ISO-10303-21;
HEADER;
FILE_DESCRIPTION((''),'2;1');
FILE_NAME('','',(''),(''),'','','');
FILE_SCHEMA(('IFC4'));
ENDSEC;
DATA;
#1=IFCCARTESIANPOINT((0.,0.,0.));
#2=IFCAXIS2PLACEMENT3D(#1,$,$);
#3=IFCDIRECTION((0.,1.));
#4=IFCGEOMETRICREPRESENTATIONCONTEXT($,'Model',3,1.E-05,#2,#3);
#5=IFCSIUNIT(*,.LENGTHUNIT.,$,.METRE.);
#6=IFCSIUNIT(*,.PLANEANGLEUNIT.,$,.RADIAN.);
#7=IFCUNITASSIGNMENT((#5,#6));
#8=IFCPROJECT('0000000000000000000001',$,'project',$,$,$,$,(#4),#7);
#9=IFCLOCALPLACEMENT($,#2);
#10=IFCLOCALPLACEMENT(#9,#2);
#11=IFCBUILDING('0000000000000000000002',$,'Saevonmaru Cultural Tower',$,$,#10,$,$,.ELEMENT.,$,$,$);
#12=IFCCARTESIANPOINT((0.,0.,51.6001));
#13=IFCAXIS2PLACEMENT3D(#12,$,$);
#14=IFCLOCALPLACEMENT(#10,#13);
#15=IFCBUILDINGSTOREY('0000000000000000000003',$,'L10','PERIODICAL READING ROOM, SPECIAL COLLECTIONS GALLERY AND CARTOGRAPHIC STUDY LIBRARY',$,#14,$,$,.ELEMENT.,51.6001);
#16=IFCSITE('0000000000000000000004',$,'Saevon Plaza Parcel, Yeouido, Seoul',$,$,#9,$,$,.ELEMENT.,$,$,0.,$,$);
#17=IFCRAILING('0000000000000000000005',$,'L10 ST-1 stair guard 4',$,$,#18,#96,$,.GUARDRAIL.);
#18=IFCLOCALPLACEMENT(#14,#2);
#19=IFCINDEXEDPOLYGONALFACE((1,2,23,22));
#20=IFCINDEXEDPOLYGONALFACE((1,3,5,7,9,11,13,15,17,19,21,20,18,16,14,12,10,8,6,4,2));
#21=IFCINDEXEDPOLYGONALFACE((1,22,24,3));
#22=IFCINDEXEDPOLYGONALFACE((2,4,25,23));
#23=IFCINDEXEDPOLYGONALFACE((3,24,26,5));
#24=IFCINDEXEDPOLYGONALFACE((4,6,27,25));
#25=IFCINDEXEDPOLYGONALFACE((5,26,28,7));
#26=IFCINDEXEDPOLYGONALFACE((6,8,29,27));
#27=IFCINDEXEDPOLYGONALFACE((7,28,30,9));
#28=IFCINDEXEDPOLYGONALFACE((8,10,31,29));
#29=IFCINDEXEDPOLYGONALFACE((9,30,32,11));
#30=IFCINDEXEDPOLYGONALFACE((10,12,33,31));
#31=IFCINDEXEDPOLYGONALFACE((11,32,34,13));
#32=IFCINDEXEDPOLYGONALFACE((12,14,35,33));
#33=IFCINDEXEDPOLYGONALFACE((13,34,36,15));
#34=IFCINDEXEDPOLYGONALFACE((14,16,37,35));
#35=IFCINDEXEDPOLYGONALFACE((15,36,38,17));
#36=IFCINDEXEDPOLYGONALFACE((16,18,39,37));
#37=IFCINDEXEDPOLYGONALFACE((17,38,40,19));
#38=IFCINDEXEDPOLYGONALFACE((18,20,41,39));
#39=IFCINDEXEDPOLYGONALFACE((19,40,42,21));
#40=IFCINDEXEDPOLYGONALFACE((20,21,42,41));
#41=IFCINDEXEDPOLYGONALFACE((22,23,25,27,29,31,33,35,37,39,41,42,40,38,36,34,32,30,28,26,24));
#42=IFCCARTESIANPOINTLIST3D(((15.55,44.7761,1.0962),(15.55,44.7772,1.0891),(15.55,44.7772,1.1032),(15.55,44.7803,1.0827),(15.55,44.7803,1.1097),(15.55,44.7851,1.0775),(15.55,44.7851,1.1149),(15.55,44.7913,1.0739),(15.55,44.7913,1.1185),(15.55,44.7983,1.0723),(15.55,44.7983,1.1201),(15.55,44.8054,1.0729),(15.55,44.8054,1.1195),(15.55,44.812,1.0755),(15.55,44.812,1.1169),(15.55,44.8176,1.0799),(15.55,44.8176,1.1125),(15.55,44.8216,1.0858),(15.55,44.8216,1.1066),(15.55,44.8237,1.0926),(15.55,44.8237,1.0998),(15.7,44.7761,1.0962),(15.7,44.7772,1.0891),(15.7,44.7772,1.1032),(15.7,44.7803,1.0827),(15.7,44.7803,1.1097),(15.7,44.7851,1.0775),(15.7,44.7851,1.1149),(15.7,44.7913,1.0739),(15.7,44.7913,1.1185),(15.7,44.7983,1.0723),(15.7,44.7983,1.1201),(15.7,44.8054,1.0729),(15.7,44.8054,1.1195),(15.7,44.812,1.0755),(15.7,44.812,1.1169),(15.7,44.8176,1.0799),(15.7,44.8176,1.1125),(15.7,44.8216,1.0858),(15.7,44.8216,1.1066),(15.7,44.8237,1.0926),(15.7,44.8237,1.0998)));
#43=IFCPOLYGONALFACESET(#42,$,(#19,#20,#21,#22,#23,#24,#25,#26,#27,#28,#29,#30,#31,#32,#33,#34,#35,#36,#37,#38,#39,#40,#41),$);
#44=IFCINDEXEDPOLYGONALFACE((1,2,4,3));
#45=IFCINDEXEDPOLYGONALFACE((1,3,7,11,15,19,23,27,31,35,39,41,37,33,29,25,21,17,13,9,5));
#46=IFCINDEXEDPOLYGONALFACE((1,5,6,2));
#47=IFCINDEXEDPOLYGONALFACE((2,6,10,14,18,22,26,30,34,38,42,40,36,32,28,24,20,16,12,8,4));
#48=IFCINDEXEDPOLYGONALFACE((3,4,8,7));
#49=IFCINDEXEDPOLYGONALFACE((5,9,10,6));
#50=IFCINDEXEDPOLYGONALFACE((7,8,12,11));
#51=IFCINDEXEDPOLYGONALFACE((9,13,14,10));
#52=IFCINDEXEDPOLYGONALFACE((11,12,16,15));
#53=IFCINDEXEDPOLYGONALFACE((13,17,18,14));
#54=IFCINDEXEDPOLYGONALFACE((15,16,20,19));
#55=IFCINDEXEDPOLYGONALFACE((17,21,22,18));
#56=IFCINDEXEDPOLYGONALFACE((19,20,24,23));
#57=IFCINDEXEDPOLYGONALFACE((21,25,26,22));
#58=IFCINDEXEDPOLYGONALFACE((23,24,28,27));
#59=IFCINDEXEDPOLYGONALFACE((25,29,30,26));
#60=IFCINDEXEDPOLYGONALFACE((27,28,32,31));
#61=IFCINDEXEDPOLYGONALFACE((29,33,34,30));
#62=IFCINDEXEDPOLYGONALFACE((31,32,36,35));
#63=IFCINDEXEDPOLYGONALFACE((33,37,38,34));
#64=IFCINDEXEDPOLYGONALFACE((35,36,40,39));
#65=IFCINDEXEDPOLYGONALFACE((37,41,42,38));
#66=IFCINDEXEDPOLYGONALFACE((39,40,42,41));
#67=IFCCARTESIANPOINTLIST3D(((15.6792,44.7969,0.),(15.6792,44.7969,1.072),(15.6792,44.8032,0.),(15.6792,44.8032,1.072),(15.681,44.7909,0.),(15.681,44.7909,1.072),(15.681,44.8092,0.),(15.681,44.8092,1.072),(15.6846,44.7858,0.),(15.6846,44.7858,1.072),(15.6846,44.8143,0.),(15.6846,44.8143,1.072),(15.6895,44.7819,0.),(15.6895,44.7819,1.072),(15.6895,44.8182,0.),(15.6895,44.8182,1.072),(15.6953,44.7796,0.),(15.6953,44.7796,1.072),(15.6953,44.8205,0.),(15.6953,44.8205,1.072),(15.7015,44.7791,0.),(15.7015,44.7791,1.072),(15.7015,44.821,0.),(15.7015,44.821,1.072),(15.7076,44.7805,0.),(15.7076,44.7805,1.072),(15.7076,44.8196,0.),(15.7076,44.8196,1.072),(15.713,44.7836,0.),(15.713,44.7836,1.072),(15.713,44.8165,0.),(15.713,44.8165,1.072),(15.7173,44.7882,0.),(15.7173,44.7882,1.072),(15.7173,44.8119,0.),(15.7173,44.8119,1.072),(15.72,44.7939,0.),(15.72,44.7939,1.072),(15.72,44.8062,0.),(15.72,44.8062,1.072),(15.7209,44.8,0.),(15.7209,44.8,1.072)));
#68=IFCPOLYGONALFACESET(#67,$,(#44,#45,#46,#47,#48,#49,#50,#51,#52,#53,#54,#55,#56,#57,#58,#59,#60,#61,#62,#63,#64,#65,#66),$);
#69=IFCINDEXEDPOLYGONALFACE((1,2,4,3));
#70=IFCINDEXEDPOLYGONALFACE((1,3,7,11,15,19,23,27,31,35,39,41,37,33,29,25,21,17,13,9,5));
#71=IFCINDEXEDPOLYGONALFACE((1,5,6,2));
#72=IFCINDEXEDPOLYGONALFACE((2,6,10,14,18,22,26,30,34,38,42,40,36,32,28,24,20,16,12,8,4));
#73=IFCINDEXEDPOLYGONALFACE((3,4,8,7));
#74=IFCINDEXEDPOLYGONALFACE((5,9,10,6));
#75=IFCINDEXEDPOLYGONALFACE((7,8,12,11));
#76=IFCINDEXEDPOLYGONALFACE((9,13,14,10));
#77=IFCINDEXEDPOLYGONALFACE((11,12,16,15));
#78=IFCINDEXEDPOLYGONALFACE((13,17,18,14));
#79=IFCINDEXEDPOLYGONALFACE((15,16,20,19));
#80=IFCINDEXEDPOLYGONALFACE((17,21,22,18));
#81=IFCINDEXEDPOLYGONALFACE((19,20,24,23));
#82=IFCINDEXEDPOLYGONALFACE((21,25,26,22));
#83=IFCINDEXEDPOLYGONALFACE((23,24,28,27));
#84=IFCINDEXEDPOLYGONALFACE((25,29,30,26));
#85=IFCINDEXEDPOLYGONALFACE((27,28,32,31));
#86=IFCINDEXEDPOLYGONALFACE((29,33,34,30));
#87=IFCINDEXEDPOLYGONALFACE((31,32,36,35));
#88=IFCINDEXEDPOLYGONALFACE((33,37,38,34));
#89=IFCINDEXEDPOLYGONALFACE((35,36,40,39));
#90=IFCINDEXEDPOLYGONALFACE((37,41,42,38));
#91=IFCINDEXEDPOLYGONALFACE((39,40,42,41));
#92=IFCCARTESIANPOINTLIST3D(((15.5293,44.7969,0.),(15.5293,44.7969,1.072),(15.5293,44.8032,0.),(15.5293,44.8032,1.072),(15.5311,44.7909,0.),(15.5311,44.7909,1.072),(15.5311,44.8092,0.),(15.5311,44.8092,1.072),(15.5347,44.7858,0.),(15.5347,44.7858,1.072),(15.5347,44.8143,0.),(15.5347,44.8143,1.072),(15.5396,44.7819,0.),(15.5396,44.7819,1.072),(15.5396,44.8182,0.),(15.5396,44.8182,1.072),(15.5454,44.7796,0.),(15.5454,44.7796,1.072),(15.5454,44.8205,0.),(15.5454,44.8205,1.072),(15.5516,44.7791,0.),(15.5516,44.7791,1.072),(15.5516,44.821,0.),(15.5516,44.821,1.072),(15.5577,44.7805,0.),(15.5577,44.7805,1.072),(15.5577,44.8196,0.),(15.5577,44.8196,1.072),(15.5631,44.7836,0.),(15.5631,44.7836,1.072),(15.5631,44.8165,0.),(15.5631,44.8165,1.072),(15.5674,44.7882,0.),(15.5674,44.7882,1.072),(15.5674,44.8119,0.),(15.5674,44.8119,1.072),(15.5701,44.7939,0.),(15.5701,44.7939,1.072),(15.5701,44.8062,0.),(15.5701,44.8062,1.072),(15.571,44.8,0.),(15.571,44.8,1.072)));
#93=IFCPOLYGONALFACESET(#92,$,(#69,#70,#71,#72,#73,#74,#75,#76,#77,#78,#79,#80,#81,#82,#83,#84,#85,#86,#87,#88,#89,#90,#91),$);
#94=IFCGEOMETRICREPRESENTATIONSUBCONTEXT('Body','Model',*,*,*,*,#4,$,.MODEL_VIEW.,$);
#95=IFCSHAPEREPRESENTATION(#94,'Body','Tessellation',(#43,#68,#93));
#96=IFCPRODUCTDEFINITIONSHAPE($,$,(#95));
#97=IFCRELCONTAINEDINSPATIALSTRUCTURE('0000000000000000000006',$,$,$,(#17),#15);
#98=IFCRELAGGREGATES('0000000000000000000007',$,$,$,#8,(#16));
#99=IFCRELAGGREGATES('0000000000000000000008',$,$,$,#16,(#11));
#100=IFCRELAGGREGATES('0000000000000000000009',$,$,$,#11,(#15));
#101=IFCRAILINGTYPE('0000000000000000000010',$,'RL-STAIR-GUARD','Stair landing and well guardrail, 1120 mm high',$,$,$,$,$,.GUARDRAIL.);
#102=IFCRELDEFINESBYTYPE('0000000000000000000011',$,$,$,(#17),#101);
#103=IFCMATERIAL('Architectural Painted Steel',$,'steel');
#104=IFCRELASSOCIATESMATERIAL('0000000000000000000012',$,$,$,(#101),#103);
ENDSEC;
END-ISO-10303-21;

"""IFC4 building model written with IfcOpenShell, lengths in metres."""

from ifc_helpers import new_model, si_unit, direction, frame, origin, origin_2d, place, context, subcontext, project, spatial, circle, extrude, material, type_object, element, save


model = new_model("IFC4")

# Units and contexts
model_context = context("Model", 3, precision=1e-05, world=origin(), true_north=direction((0.0, 1.0)))
body_context = subcontext(model_context, "Body", "Model", "MODEL_VIEW")
ifc_project = project(units=[si_unit("LENGTHUNIT", "METRE"), si_unit("PLANEANGLEUNIT", "RADIAN")], contexts=[model_context])

# Site, building, storey
site_placement = place(None, origin())
site = spatial("IfcSite", under=ifc_project, at=site_placement, Name="Saevon Plaza Parcel, Yeouido, Seoul", CompositionType="ELEMENT", RefElevation=0.0)
building_placement = place(site_placement, origin())
building = spatial("IfcBuilding", under=site, at=building_placement, Name="Saevonmaru Cultural Tower", CompositionType="ELEMENT")
storey_placement = place(building_placement, frame((0.0, 0.0, 51.6001)))
storey = spatial("IfcBuildingStorey", under=building, at=storey_placement, Name="L10", Description="PERIODICAL READING ROOM, SPECIAL COLLECTIONS GALLERY AND CARTOGRAPHIC STUDY LIBRARY", CompositionType="ELEMENT", Elevation=51.6001)

# Railing
ifc_material_1 = material(Name="Architectural Painted Steel", Category="steel")
railing_type_1 = type_object("IfcRailingType", Name="RL-STAIR-GUARD", Description="Stair landing and well guardrail, 1120 mm high", PredefinedType="GUARDRAIL", material=ifc_material_1)
railing_1_placement = place(storey_placement, frame((15.7, 44.8, 0.0)))
element("IfcRailing", 1, at=railing_1_placement, inside=storey, type_object=railing_type_1, Name="L10 ST-1 stair guard 4", PredefinedType="GUARDRAIL", context=body_context, shape_type="SweptSolid", body=[
    extrude(circle(Radius=0.0239, at=origin_2d()), frame((0.0, 0.0, 1.0962), z_axis=(-1.0, 0.0, 0.0), x_axis=(0.0, -1.0, 0.0)), (0.0, 0.0, 1.0), 0.1499),
    extrude(circle(Radius=0.021, at=origin_2d()), origin(), (0.0, 0.0, 1.0), 1.072),
    extrude(circle(Radius=0.021, at=origin_2d()), frame((-0.1499, 0.0, 0.0)), (0.0, 0.0, 1.0), 1.072),
])

save(model, "model.ifc")
